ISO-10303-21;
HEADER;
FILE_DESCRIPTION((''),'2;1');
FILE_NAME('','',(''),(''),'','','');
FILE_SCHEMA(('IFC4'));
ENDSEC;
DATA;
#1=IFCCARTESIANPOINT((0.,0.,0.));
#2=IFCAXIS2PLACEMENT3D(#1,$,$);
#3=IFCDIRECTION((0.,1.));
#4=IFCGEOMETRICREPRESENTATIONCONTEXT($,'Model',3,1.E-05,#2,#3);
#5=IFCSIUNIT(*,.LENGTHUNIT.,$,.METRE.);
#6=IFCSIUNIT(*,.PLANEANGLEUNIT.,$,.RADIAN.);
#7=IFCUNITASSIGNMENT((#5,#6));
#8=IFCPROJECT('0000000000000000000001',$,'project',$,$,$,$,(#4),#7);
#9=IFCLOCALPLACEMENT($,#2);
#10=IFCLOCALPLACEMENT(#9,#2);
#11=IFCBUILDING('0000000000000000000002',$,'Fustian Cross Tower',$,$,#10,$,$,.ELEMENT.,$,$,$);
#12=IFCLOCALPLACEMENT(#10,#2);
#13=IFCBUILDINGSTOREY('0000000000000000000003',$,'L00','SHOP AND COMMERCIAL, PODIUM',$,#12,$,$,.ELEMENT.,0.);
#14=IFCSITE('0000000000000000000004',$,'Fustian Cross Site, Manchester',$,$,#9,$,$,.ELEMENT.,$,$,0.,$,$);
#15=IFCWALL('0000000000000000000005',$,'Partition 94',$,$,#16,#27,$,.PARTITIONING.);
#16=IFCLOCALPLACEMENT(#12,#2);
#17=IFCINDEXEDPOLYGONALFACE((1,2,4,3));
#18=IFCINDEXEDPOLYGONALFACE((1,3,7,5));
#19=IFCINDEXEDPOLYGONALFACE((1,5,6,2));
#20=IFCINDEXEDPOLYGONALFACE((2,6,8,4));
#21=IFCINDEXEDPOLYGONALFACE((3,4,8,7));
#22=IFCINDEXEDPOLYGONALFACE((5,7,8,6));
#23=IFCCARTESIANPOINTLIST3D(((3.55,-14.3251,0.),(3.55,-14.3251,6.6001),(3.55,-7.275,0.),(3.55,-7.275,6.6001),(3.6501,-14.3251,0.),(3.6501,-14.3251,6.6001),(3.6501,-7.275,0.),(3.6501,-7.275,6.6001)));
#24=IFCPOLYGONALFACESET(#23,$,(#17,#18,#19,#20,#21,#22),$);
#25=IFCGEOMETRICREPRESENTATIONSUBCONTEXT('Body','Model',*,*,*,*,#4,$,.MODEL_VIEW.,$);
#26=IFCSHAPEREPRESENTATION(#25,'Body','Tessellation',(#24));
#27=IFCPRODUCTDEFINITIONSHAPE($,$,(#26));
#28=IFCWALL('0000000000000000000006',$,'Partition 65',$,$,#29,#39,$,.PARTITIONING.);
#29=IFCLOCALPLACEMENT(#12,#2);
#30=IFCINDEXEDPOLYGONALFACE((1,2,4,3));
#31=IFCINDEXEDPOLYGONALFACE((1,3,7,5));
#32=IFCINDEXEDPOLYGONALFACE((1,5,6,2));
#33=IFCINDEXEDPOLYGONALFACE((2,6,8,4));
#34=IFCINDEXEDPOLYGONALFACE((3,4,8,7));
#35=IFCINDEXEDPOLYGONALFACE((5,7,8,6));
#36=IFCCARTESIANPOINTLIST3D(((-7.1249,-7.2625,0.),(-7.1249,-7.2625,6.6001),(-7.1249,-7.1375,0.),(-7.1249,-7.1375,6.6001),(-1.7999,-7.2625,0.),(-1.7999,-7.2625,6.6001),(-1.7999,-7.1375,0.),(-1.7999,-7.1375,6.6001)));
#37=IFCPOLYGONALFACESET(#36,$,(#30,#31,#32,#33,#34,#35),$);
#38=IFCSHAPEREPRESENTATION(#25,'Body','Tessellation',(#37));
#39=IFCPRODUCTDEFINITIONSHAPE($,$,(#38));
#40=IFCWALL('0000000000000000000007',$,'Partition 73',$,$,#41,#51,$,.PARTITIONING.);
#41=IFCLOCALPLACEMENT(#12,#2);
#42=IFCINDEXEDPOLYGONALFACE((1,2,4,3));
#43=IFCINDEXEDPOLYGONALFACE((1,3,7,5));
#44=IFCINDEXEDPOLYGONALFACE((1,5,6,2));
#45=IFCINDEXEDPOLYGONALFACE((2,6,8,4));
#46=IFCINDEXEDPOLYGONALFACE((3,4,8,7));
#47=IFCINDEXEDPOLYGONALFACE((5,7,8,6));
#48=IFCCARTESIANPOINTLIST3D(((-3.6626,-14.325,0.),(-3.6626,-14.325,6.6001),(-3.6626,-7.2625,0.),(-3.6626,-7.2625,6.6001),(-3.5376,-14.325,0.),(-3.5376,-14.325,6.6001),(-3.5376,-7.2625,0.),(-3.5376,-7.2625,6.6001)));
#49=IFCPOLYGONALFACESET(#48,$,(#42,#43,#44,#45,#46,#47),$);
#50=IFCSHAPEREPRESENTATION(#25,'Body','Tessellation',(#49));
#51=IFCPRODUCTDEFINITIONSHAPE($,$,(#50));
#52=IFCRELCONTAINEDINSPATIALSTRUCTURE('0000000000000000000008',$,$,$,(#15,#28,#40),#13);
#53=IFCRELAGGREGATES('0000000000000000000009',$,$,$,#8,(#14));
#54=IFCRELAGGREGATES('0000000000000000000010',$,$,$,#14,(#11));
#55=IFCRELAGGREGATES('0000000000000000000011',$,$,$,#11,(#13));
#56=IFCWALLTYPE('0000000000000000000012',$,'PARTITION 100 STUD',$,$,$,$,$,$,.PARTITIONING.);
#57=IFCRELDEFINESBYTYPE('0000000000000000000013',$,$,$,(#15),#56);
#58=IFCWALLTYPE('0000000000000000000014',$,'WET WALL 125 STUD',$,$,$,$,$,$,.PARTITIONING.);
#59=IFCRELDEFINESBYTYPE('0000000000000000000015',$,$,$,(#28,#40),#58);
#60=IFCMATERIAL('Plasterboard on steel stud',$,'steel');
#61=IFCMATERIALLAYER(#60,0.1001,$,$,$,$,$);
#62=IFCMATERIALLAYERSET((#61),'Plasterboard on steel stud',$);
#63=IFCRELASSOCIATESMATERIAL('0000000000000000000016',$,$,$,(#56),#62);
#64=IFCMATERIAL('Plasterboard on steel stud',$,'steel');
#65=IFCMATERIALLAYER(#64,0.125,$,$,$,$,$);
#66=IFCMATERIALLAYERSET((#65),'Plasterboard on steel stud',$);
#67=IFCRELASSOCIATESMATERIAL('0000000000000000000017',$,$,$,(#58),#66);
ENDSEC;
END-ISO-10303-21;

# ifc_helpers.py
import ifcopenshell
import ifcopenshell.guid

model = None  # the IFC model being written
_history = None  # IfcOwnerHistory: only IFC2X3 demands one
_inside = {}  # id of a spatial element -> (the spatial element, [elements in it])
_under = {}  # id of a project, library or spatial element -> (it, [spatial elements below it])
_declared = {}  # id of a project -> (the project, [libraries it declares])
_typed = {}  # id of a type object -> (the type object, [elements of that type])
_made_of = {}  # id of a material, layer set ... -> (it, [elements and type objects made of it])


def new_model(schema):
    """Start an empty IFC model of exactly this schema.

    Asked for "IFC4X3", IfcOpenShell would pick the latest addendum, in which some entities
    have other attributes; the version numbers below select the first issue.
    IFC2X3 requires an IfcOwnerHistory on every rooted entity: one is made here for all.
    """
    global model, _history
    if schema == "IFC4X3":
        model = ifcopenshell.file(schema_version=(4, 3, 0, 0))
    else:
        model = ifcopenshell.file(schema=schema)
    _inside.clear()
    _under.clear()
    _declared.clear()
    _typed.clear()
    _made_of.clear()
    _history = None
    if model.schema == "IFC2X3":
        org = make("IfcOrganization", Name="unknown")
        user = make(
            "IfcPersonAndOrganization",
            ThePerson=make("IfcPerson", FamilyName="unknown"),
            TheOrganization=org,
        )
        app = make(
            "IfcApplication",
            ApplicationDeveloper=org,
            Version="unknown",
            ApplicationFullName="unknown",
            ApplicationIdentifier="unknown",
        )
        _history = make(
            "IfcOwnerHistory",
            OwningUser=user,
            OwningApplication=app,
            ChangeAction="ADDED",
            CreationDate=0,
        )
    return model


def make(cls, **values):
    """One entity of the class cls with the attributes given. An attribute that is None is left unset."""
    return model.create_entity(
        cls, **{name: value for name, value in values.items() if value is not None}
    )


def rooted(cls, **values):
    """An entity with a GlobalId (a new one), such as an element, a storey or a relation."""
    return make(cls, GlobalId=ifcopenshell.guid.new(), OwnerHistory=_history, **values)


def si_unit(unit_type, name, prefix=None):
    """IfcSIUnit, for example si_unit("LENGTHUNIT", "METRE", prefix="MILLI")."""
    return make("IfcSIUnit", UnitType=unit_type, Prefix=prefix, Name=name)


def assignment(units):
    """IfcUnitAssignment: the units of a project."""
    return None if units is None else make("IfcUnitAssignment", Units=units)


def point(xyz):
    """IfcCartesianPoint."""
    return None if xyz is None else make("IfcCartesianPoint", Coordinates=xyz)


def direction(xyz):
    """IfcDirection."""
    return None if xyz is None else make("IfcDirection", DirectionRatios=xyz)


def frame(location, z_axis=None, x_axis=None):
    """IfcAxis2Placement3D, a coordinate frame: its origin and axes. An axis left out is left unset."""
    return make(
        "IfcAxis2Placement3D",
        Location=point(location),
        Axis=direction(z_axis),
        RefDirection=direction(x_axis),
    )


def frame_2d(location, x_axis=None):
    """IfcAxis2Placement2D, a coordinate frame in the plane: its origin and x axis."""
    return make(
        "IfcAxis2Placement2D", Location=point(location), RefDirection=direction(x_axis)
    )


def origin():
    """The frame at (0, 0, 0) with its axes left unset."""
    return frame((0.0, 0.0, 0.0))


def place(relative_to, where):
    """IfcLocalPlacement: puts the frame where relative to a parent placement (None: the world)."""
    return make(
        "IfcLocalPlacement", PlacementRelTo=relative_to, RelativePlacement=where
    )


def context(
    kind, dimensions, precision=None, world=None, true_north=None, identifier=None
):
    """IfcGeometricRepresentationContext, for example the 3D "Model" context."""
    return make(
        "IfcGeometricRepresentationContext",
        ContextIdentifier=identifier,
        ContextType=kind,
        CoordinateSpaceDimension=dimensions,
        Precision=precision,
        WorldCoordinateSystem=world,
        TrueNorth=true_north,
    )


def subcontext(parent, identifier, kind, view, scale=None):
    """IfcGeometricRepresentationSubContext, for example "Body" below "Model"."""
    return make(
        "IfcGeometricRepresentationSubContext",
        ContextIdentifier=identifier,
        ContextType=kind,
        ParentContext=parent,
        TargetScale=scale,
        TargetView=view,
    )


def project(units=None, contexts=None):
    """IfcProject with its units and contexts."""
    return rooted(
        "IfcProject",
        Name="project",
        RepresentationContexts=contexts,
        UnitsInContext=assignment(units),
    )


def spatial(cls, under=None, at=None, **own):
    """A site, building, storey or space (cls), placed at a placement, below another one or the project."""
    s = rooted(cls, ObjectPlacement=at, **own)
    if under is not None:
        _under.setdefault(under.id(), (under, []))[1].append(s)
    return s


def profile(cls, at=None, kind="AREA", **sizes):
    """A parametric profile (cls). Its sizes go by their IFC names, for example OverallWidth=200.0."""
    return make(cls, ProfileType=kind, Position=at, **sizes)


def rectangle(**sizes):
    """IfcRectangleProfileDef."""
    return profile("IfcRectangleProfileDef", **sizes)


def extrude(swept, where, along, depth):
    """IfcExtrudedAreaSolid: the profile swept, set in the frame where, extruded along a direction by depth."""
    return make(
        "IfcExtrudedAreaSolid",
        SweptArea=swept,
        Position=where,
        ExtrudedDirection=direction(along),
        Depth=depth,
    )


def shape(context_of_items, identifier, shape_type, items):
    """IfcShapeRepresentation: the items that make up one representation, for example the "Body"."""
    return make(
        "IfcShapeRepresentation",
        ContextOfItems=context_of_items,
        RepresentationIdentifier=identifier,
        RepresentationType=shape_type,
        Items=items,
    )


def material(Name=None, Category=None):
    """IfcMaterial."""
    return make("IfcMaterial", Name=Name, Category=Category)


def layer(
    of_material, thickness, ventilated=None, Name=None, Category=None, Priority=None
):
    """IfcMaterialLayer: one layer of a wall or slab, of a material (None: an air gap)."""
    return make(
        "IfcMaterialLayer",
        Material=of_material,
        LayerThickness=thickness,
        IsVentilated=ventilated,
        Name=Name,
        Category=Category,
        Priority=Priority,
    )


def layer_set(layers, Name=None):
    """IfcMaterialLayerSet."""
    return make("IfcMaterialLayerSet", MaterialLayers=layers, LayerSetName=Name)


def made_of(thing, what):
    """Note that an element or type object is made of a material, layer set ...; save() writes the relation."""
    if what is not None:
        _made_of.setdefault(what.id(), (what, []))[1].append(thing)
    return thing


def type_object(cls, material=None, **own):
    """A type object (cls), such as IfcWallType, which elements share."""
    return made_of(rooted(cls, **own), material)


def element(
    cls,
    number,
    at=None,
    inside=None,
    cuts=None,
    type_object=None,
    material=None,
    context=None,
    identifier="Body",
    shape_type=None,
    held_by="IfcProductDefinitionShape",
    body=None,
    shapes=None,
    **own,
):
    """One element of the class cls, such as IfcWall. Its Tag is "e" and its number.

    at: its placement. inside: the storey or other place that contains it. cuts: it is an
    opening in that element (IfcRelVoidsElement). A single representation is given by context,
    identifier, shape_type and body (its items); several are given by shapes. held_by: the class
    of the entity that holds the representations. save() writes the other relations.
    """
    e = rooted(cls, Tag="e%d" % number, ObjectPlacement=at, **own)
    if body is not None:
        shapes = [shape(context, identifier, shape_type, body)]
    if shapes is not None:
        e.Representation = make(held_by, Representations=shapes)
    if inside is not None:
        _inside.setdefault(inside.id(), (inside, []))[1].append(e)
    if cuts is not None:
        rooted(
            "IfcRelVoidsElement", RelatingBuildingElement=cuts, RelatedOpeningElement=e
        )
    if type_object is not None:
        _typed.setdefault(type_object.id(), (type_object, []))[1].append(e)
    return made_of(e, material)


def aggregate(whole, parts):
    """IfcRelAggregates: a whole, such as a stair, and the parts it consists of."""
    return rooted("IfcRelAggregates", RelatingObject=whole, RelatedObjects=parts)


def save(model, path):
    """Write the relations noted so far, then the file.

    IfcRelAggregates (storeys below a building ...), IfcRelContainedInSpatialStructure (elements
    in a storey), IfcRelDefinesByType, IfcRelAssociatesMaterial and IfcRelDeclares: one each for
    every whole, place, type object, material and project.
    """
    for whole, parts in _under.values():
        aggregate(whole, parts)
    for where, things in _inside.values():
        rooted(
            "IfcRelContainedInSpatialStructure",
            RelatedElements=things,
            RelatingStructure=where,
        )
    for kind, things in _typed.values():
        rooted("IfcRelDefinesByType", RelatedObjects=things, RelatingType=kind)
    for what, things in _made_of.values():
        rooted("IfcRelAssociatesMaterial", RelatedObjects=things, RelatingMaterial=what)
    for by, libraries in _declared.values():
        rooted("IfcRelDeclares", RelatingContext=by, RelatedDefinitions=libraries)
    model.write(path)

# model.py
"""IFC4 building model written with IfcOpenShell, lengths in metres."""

from ifc_helpers import new_model, si_unit, direction, frame, frame_2d, origin, place, context, subcontext, project, spatial, rectangle, extrude, material, layer, layer_set, type_object, element, save


model = new_model("IFC4")

# Units and contexts
model_context = context("Model", 3, precision=1e-05, world=origin(), true_north=direction((0.0, 1.0)))
body_context = subcontext(model_context, "Body", "Model", "MODEL_VIEW")
ifc_project = project(units=[si_unit("LENGTHUNIT", "METRE"), si_unit("PLANEANGLEUNIT", "RADIAN")], contexts=[model_context])

# Site, building, storey
site_placement = place(None, origin())
site = spatial("IfcSite", under=ifc_project, at=site_placement, Name="Fustian Cross Site, Manchester", CompositionType="ELEMENT", RefElevation=0.0)
building_placement = place(site_placement, origin())
building = spatial("IfcBuilding", under=site, at=building_placement, Name="Fustian Cross Tower", CompositionType="ELEMENT")
storey_placement = place(building_placement, origin())
storey = spatial("IfcBuildingStorey", under=building, at=storey_placement, Name="L00", Description="SHOP AND COMMERCIAL, PODIUM", CompositionType="ELEMENT", Elevation=0.0)

# Walls
ifc_material_1 = material(Name="Plasterboard on steel stud", Category="steel")
ifc_layer_1 = layer(ifc_material_1, 0.1001)
ifc_layer_set_1 = layer_set([ifc_layer_1], Name="Plasterboard on steel stud")
wall_type_1 = type_object("IfcWallType", Name="PARTITION 100 STUD", PredefinedType="PARTITIONING", material=ifc_layer_set_1)
wall_1_placement = place(storey_placement, frame((3.6001, -14.325, 0.0), z_axis=(0.0, 0.0, 1.0), x_axis=(0.0, 1.0, 0.0)))
element("IfcWall", 1, at=wall_1_placement, inside=storey, type_object=wall_type_1, Name="Partition 94", PredefinedType="PARTITIONING", context=body_context, shape_type="SweptSolid", body=[
    extrude(rectangle(XDim=7.05, YDim=0.1001, at=frame_2d((3.5249, 0.0))), origin(), (0.0, 0.0, 1.0), 6.6001),
])
ifc_material_2 = material(Name="Plasterboard on steel stud", Category="steel")
ifc_layer_2 = layer(ifc_material_2, 0.125)
ifc_layer_set_2 = layer_set([ifc_layer_2], Name="Plasterboard on steel stud")
wall_type_2 = type_object("IfcWallType", Name="WET WALL 125 STUD", PredefinedType="PARTITIONING", material=ifc_layer_set_2)
wall_2_placement = place(storey_placement, frame((-7.125, -7.2, 0.0), z_axis=(0.0, 0.0, 1.0), x_axis=(1.0, 0.0, 0.0)))
element("IfcWall", 2, at=wall_2_placement, inside=storey, type_object=wall_type_2, Name="Partition 65", PredefinedType="PARTITIONING", context=body_context, shape_type="SweptSolid", body=[
    extrude(rectangle(XDim=5.325, YDim=0.125, at=frame_2d((2.6626, 0.0))), origin(), (0.0, 0.0, 1.0), 6.6001),
])
wall_3_placement = place(storey_placement, frame((-3.6001, -14.325, 0.0), z_axis=(0.0, 0.0, 1.0), x_axis=(0.0, 1.0, 0.0)))
element("IfcWall", 3, at=wall_3_placement, inside=storey, type_object=wall_type_2, Name="Partition 73", PredefinedType="PARTITIONING", context=body_context, shape_type="SweptSolid", body=[
    extrude(rectangle(XDim=7.0625, YDim=0.125, at=frame_2d((3.5312, 0.0))), origin(), (0.0, 0.0, 1.0), 6.6001),
])

save(model, "model.ifc")
